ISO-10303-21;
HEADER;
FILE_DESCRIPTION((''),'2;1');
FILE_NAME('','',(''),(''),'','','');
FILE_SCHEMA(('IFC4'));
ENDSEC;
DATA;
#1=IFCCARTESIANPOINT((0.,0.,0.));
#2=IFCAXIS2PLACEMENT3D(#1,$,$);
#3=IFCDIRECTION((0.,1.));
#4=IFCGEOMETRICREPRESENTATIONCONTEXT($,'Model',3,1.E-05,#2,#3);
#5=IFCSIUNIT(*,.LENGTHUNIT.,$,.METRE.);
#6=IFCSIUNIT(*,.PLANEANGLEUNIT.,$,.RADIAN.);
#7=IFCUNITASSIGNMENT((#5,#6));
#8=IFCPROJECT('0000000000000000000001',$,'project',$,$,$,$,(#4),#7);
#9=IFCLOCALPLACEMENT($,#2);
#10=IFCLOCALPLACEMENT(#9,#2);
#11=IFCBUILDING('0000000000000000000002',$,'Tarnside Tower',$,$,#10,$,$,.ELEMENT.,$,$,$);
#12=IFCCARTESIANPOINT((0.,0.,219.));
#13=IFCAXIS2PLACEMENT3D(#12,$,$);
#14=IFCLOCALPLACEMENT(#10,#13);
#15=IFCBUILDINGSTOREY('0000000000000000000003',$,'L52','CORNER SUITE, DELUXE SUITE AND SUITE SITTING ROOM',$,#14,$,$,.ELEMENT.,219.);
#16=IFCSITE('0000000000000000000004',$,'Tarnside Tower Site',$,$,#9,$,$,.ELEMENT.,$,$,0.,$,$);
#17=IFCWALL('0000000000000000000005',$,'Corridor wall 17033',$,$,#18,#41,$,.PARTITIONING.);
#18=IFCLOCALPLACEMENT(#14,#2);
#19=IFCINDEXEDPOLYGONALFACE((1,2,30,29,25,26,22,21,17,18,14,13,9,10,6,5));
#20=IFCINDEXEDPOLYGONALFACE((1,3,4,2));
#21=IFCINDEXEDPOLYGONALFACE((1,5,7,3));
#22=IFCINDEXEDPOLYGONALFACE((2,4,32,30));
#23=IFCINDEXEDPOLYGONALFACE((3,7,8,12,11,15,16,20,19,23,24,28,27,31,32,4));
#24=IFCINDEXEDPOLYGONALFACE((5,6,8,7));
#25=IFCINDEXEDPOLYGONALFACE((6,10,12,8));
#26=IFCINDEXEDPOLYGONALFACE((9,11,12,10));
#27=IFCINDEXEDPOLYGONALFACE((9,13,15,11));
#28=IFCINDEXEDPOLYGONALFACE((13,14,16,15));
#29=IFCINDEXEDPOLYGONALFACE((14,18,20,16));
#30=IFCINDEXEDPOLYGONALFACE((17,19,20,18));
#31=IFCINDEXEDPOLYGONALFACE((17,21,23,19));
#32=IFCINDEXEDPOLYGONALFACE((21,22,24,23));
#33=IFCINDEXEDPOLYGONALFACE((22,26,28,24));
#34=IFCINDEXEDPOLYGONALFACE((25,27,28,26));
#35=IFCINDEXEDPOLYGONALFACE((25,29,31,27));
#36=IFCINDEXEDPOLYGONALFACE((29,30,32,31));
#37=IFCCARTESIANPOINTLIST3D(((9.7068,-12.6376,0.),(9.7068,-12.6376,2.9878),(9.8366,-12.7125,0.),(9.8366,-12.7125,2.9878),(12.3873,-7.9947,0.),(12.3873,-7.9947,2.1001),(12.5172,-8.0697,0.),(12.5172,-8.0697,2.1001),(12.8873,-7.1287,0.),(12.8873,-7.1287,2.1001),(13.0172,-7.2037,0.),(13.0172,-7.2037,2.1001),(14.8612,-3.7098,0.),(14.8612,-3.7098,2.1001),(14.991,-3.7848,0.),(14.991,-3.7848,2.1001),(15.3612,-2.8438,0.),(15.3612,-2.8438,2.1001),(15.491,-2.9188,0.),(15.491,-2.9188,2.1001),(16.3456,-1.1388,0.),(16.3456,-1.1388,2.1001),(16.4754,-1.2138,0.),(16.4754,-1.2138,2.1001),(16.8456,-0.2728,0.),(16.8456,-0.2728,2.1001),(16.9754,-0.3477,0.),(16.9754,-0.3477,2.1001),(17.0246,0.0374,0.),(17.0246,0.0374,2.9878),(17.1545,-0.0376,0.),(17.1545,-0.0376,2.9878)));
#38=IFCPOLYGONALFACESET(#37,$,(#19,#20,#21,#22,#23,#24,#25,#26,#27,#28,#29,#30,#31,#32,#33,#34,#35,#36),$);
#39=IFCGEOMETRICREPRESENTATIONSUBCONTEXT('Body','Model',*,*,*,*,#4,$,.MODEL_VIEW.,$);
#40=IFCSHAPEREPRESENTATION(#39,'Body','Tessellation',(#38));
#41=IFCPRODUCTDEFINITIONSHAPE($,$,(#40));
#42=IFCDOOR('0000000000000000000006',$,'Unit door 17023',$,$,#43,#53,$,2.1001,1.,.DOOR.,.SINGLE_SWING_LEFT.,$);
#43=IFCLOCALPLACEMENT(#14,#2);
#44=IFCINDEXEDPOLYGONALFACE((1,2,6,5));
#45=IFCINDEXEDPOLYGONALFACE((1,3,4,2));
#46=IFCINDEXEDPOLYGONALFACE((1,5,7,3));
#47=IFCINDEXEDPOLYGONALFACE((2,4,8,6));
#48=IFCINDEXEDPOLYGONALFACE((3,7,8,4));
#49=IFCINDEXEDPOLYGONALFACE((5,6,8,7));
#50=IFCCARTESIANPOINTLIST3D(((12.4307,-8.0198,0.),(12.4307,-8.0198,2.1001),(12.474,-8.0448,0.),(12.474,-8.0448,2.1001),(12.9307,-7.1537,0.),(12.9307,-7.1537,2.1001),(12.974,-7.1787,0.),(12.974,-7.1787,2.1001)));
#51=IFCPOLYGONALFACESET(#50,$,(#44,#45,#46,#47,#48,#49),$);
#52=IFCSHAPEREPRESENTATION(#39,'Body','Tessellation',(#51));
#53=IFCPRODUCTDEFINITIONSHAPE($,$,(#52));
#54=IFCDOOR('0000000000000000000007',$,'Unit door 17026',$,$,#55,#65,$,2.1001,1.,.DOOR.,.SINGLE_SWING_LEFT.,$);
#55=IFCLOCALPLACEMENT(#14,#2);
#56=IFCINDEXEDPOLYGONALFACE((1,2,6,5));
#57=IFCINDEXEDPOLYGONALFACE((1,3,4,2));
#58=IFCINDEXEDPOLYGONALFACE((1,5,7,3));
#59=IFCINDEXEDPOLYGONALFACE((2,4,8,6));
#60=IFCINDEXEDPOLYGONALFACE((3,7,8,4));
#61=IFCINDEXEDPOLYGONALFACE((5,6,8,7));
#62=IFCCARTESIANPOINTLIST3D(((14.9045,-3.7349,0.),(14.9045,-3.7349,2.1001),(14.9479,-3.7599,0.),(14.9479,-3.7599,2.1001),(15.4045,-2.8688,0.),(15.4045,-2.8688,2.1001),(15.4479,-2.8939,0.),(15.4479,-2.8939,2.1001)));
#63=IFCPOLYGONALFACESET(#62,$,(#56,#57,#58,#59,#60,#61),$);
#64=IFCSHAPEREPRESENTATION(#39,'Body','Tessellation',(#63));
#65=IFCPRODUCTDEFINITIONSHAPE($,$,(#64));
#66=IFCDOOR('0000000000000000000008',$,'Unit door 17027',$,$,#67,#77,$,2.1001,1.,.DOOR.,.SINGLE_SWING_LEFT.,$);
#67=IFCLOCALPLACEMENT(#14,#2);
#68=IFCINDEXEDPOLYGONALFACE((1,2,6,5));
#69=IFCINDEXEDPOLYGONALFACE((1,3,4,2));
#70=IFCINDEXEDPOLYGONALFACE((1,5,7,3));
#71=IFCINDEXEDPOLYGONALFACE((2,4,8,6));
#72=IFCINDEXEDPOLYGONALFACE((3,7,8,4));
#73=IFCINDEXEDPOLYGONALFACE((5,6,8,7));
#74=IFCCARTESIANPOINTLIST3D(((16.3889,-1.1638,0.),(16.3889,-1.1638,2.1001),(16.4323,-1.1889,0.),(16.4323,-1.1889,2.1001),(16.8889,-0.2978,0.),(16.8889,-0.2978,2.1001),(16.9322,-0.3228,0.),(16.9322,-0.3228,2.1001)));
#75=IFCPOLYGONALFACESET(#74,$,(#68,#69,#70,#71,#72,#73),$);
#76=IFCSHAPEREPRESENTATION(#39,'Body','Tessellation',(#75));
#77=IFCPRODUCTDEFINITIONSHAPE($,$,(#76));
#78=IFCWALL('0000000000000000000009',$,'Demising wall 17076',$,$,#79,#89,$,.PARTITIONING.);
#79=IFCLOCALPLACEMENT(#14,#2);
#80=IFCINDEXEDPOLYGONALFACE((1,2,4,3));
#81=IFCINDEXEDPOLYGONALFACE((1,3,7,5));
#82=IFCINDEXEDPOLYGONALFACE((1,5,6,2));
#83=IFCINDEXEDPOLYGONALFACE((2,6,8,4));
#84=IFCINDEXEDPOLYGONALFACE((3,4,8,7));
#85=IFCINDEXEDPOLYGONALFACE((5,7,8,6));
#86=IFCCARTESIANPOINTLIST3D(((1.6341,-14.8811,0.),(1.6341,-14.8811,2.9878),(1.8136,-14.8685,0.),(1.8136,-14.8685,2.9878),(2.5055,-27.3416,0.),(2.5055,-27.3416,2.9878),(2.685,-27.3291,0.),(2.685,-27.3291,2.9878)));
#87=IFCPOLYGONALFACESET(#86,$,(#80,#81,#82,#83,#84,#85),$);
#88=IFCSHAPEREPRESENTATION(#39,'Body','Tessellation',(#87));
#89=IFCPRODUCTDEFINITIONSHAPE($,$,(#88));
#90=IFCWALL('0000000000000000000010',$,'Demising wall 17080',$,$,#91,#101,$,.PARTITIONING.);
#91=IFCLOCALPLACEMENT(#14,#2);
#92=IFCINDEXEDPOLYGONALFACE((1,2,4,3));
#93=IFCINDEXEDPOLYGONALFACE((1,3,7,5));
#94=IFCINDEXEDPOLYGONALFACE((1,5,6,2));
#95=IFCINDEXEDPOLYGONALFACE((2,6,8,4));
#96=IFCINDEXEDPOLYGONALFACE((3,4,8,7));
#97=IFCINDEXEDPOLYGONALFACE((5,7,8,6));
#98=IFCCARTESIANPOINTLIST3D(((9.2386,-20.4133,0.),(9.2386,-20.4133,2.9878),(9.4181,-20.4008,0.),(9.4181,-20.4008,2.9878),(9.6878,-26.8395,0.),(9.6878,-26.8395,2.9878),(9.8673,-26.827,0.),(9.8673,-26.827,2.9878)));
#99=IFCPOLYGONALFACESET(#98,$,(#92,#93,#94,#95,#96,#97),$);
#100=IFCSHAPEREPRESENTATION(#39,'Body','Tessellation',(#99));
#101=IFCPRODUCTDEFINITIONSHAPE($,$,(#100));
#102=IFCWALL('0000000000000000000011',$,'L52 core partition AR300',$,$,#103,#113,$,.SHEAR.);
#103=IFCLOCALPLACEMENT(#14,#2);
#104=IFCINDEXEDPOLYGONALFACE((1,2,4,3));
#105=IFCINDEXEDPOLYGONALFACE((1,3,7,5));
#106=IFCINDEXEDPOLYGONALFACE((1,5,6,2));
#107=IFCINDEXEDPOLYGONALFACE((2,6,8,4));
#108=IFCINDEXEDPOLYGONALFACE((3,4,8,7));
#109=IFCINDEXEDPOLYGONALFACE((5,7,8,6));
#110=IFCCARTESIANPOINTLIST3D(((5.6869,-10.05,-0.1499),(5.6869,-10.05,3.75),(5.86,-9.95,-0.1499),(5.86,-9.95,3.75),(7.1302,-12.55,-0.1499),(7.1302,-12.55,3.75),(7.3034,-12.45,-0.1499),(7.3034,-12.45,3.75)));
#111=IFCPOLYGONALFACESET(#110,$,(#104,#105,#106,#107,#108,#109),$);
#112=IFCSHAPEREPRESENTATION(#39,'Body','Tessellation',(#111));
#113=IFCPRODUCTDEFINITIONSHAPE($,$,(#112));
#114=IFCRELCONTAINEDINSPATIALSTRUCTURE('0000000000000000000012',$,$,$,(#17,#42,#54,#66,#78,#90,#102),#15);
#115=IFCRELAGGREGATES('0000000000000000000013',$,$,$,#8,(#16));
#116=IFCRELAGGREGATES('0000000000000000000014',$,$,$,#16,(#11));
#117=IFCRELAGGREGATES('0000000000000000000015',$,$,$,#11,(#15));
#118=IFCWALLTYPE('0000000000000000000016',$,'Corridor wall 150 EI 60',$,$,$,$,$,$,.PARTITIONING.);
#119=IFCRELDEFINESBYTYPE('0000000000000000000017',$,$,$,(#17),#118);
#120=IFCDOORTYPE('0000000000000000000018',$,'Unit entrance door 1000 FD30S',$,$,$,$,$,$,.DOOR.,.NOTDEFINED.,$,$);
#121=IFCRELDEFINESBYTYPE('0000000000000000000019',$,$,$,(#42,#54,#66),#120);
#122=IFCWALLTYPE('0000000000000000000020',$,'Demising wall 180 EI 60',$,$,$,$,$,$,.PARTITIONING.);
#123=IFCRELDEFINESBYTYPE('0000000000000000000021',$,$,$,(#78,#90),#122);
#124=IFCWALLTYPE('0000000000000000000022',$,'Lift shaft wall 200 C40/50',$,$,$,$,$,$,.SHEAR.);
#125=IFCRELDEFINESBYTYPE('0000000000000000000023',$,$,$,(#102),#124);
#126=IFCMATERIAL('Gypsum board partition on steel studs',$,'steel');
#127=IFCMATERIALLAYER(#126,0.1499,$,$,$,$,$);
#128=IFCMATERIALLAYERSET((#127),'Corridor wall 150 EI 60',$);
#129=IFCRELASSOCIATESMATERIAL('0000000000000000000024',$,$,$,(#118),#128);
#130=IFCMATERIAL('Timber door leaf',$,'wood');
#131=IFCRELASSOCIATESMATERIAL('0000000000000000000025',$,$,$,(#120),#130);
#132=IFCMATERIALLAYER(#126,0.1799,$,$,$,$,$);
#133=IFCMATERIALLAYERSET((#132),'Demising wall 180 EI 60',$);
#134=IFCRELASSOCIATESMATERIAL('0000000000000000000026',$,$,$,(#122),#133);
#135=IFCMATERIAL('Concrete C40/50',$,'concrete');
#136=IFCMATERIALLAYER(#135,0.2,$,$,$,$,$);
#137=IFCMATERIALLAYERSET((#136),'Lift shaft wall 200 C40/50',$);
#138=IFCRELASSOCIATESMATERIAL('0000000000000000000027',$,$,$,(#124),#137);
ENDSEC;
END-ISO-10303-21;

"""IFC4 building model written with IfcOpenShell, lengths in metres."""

from ifc_helpers import new_model, si_unit, direction, frame, frame_2d, origin, place, context, subcontext, project, spatial, rectangle, extrude, material, layer, layer_set, type_object, element, fill, save


model = new_model("IFC4")

# Units and contexts
model_context = context("Model", 3, precision=1e-05, world=origin(), true_north=direction((0.0, 1.0)))
body_context = subcontext(model_context, "Body", "Model", "MODEL_VIEW")
ifc_project = project(units=[si_unit("LENGTHUNIT", "METRE"), si_unit("PLANEANGLEUNIT", "RADIAN")], contexts=[model_context])

# Site, building, storey
site_placement = place(None, origin())
site = spatial("IfcSite", under=ifc_project, at=site_placement, Name="Tarnside Tower Site", CompositionType="ELEMENT", RefElevation=0.0)
building_placement = place(site_placement, origin())
building = spatial("IfcBuilding", under=site, at=building_placement, Name="Tarnside Tower", CompositionType="ELEMENT")
storey_placement = place(building_placement, frame((0.0, 0.0, 219.0)))
storey = spatial("IfcBuildingStorey", under=building, at=storey_placement, Name="L52", Description="CORNER SUITE, DELUXE SUITE AND SUITE SITTING ROOM", CompositionType="ELEMENT", Elevation=219.0)

# Shared definitions
ifc_material_1 = material(Name="Gypsum board partition on steel studs", Category="steel")
ifc_material_2 = material(Name="Timber door leaf", Category="wood")

# Shared definitions
ifc_layer_1 = layer(ifc_material_1, 0.1499)
ifc_layer_set_1 = layer_set([ifc_layer_1], Name="Corridor wall 150 EI 60")
wall_type_1 = type_object("IfcWallType", Name="Corridor wall 150 EI 60", PredefinedType="PARTITIONING", material=ifc_layer_set_1)

# Wall, openings, doors
wall_1_placement = place(storey_placement, frame((9.7717, -12.675, 0.0), z_axis=(0.0, 0.0, 1.0), x_axis=(0.499996, 0.866028, 0.0)))
wall_1 = element("IfcWall", 1, at=wall_1_placement, inside=storey, type_object=wall_type_1, Name="Corridor wall 17033", PredefinedType="PARTITIONING", context=body_context, shape_type="SweptSolid", body=[
    extrude(rectangle(XDim=14.6357, YDim=0.1499, at=frame_2d((7.3179, 0.0))), origin(), (0.0, 0.0, 1.0), 2.9878),
])
opening_1_placement = place(wall_1_placement, frame((5.3611, 0.0, 0.0)))
opening_1 = element("IfcOpeningElement", 2, at=opening_1_placement, cuts=wall_1, PredefinedType="OPENING", context=body_context, shape_type="SweptSolid", body=[
    extrude(rectangle(XDim=1.0, YDim=2.1001, at=frame_2d((0.5, 1.05))), frame((0.0, 0.085, 0.0), z_axis=(0.0, -1.0, 0.0), x_axis=(1.0, 0.0, 0.0)), (0.0, 0.0, 1.0), 0.1699),
])
opening_2_placement = place(wall_1_placement, frame((10.3088, 0.0, 0.0)))
opening_2 = element("IfcOpeningElement", 3, at=opening_2_placement, cuts=wall_1, PredefinedType="OPENING", context=body_context, shape_type="SweptSolid", body=[
    extrude(rectangle(XDim=1.0, YDim=2.1001, at=frame_2d((0.5, 1.05))), frame((0.0, 0.085, 0.0), z_axis=(0.0, -1.0, 0.0), x_axis=(1.0, 0.0, 0.0)), (0.0, 0.0, 1.0), 0.1699),
])
opening_3_placement = place(wall_1_placement, frame((13.2776, 0.0, 0.0)))
opening_3 = element("IfcOpeningElement", 4, at=opening_3_placement, cuts=wall_1, PredefinedType="OPENING", context=body_context, shape_type="SweptSolid", body=[
    extrude(rectangle(XDim=1.0, YDim=2.1001, at=frame_2d((0.5, 1.05))), frame((0.0, 0.085, 0.0), z_axis=(0.0, -1.0, 0.0), x_axis=(1.0, 0.0, 0.0)), (0.0, 0.0, 1.0), 0.1699),
])
door_type_1 = type_object("IfcDoorType", Name="Unit entrance door 1000 FD30S", OperationType="NOTDEFINED", PredefinedType="DOOR", material=ifc_material_2)
door_1_placement = place(opening_1_placement, origin())
door_1 = element("IfcDoor", 5, at=door_1_placement, inside=storey, type_object=door_type_1, Name="Unit door 17023", OperationType="SINGLE_SWING_LEFT", OverallHeight=2.1001, OverallWidth=1.0, PredefinedType="DOOR", context=body_context, shape_type="SweptSolid", body=[
    extrude(rectangle(XDim=1.0, YDim=2.1001, at=frame_2d((0.5, 1.05))), frame((0.0, 0.0249, 0.0), z_axis=(0.0, -1.0, 0.0), x_axis=(1.0, 0.0, 0.0)), (0.0, 0.0, 1.0), 0.05),
])
fill(opening_1, door_1)
door_2_placement = place(opening_2_placement, origin())
door_2 = element("IfcDoor", 6, at=door_2_placement, inside=storey, type_object=door_type_1, Name="Unit door 17026", OperationType="SINGLE_SWING_LEFT", OverallHeight=2.1001, OverallWidth=1.0, PredefinedType="DOOR", context=body_context, shape_type="SweptSolid", body=[
    extrude(rectangle(XDim=1.0, YDim=2.1001, at=frame_2d((0.5, 1.05))), frame((0.0, 0.0249, 0.0), z_axis=(0.0, -1.0, 0.0), x_axis=(1.0, 0.0, 0.0)), (0.0, 0.0, 1.0), 0.05),
])
fill(opening_2, door_2)
door_3_placement = place(opening_3_placement, origin())
door_3 = element("IfcDoor", 7, at=door_3_placement, inside=storey, type_object=door_type_1, Name="Unit door 17027", OperationType="SINGLE_SWING_LEFT", OverallHeight=2.1001, OverallWidth=1.0, PredefinedType="DOOR", context=body_context, shape_type="SweptSolid", body=[
    extrude(rectangle(XDim=1.0, YDim=2.1001, at=frame_2d((0.5, 1.05))), frame((0.0, 0.0249, 0.0), z_axis=(0.0, -1.0, 0.0), x_axis=(1.0, 0.0, 0.0)), (0.0, 0.0, 1.0), 0.05),
])
fill(opening_3, door_3)

# Walls
ifc_layer_2 = layer(ifc_material_1, 0.1799)
ifc_layer_set_2 = layer_set([ifc_layer_2], Name="Demising wall 180 EI 60")
wall_type_2 = type_object("IfcWallType", Name="Demising wall 180 EI 60", PredefinedType="PARTITIONING", material=ifc_layer_set_2)
wall_2_placement = place(storey_placement, frame((2.5952, -27.3354, 0.0), z_axis=(0.0, 0.0, 1.0), x_axis=(-0.069758, 0.997564, 0.0)))
element("IfcWall", 8, at=wall_2_placement, inside=storey, type_object=wall_type_2, Name="Demising wall 17076", PredefinedType="PARTITIONING", context=body_context, shape_type="SweptSolid", body=[
    extrude(rectangle(XDim=12.491, YDim=0.1799, at=frame_2d((6.2456, 0.0))), origin(), (0.0, 0.0, 1.0), 2.9878),
])
wall_3_placement = place(storey_placement, frame((9.7776, -26.8333, 0.0), z_axis=(0.0, 0.0, 1.0), x_axis=(-0.069733, 0.997566, 0.0)))
element("IfcWall", 9, at=wall_3_placement, inside=storey, type_object=wall_type_2, Name="Demising wall 17080", PredefinedType="PARTITIONING", context=body_context, shape_type="SweptSolid", body=[
    extrude(rectangle(XDim=6.4419, YDim=0.1799, at=frame_2d((3.2209, 0.0))), origin(), (0.0, 0.0, 1.0), 2.9878),
])
ifc_material_3 = material(Name="Concrete C40/50", Category="concrete")
ifc_layer_3 = layer(ifc_material_3, 0.2)
ifc_layer_set_3 = layer_set([ifc_layer_3], Name="Lift shaft wall 200 C40/50")
wall_type_3 = type_object("IfcWallType", Name="Lift shaft wall 200 C40/50", PredefinedType="SHEAR", material=ifc_layer_set_3)
wall_4_placement = place(storey_placement, frame((5.7734, -10.0, -0.1499), z_axis=(0.0, 0.0, 1.0), x_axis=(0.499996, -0.866028, 0.0)))
element("IfcWall", 10, at=wall_4_placement, inside=storey, type_object=wall_type_3, Name="L52 core partition AR300", PredefinedType="SHEAR", context=body_context, shape_type="SweptSolid", body=[
    extrude(rectangle(XDim=2.8867, YDim=0.2, at=frame_2d((1.4434, 0.0))), origin(), (0.0, 0.0, 1.0), 3.8999),
])

save(model, "model.ifc")
